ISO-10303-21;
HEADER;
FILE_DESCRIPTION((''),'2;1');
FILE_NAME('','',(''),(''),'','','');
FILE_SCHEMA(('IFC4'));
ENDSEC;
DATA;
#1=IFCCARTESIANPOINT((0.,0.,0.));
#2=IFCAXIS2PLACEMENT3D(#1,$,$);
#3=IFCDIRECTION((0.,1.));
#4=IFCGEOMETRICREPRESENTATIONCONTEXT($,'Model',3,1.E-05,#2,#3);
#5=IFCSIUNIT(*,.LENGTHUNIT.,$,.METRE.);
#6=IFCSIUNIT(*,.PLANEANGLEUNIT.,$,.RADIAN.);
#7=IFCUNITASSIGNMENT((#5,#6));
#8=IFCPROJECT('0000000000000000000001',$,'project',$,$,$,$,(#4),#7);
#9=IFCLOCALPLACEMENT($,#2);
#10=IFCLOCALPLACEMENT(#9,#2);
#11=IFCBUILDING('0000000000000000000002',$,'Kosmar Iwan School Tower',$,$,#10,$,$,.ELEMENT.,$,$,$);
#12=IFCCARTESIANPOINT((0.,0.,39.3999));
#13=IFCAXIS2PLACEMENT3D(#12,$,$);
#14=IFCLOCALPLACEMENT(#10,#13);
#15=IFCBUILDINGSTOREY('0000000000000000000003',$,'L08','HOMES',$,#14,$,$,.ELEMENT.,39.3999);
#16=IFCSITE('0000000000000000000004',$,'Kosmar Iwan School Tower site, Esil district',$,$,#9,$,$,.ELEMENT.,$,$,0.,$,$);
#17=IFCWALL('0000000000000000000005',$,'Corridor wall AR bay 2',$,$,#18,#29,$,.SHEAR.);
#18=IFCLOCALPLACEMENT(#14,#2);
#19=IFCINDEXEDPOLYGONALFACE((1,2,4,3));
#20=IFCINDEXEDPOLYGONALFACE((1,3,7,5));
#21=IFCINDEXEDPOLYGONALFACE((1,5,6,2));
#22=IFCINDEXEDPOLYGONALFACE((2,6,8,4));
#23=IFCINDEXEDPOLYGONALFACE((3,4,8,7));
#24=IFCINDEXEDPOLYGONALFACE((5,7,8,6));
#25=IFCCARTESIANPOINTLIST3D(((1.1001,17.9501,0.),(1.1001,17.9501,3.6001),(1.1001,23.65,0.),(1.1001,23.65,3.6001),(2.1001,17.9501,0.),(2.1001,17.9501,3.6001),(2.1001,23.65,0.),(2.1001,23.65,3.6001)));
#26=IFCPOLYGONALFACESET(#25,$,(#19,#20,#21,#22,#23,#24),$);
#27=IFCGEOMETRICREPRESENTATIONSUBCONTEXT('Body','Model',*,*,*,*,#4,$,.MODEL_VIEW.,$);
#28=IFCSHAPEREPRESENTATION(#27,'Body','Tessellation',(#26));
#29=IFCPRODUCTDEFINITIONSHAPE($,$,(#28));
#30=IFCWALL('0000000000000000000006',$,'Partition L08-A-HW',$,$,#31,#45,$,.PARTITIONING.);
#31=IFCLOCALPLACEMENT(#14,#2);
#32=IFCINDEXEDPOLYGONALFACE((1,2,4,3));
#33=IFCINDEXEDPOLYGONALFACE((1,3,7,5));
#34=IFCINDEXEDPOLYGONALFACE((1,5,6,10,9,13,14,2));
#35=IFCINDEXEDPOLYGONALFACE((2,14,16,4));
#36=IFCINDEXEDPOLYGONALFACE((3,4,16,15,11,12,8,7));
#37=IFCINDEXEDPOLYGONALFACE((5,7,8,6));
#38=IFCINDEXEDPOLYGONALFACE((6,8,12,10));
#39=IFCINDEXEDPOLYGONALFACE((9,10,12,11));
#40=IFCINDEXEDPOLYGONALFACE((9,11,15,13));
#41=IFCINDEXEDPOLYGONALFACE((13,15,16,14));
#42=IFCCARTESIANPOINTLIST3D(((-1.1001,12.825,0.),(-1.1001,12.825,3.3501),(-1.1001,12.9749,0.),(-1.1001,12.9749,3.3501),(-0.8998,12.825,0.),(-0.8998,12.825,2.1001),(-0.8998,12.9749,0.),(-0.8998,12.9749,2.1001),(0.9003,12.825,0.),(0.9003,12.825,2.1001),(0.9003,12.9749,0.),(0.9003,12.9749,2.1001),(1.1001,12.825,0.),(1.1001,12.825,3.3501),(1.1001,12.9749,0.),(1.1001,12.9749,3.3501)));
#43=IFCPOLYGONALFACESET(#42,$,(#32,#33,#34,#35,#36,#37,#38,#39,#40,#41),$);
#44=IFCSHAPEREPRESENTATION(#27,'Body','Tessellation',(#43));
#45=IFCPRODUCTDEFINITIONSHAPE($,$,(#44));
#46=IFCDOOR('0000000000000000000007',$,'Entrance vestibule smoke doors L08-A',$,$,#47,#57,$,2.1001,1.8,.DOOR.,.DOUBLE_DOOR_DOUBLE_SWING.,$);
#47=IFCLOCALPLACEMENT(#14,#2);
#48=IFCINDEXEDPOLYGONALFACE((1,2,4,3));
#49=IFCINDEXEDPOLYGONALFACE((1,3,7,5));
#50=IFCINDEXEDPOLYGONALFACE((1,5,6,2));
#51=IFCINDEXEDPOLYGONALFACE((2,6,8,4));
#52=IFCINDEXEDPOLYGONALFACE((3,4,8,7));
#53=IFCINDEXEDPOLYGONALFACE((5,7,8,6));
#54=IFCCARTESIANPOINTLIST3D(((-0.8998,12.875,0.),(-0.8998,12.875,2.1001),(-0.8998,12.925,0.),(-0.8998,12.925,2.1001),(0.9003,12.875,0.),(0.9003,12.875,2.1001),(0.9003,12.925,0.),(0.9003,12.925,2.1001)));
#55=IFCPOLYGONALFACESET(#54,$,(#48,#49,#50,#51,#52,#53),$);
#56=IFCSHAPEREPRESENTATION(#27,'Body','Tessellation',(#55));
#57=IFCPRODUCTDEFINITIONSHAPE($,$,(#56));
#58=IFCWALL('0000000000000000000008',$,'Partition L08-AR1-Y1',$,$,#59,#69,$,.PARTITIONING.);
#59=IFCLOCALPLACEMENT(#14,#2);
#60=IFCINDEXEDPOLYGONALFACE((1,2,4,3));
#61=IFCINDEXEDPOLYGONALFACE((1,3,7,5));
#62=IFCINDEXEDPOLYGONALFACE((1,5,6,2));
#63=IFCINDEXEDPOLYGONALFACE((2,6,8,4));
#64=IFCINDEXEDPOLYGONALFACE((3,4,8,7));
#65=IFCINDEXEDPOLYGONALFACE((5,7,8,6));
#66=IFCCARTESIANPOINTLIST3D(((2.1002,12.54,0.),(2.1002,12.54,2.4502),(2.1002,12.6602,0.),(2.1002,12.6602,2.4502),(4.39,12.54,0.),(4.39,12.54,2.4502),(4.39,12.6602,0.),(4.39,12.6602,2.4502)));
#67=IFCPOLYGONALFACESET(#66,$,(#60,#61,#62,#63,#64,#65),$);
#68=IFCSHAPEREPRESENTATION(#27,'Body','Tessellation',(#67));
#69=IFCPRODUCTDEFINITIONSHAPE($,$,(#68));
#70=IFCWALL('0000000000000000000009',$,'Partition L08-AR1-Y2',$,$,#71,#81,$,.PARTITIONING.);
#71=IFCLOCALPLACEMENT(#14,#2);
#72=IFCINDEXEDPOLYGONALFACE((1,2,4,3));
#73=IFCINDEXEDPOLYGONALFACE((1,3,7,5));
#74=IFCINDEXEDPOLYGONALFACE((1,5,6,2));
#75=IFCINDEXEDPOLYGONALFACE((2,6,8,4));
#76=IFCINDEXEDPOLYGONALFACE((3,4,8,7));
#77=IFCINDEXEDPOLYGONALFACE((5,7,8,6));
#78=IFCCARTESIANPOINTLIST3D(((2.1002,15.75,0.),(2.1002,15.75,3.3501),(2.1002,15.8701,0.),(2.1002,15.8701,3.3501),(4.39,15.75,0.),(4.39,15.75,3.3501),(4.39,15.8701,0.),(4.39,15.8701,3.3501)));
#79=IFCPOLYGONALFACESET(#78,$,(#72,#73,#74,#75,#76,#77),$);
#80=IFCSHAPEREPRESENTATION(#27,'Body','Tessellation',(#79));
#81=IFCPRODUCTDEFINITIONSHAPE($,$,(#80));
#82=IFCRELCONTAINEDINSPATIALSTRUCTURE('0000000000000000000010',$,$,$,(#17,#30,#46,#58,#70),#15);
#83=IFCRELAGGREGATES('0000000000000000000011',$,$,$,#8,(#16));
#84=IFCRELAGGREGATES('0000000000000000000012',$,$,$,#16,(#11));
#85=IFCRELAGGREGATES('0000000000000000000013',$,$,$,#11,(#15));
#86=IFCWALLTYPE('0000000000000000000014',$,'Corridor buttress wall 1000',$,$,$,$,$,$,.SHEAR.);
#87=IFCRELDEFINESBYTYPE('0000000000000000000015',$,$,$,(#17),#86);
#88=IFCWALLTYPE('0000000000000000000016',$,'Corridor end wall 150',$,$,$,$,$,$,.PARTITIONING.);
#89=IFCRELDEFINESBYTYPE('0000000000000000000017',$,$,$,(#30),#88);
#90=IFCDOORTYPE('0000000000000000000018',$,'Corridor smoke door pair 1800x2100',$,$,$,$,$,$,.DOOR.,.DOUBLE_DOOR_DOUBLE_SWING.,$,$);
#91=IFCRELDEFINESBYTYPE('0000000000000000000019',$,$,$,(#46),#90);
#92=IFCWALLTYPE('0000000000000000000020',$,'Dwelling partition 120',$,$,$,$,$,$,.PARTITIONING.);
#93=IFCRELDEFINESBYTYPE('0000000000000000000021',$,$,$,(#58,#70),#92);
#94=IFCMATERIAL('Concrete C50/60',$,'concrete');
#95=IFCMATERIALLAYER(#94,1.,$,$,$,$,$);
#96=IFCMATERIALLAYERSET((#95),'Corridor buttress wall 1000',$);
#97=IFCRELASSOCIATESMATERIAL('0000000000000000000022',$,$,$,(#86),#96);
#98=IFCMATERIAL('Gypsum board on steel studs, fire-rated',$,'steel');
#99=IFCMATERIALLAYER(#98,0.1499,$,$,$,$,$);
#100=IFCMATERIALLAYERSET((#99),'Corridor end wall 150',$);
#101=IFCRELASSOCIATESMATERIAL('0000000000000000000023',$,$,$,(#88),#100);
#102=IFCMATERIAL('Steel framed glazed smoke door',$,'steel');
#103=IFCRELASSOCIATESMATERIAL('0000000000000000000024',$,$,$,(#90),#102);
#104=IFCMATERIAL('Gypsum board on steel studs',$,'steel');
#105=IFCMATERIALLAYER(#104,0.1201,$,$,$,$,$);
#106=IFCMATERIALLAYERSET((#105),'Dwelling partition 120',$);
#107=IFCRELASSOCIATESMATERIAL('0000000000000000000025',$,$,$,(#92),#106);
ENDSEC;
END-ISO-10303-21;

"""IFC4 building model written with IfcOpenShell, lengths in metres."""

from ifc_helpers import new_model, si_unit, direction, frame, frame_2d, origin, place, context, subcontext, project, spatial, rectangle, extrude, material, layer, layer_set, type_object, element, fill, save


model = new_model("IFC4")

# Units and contexts
model_context = context("Model", 3, precision=1e-05, world=origin(), true_north=direction((0.0, 1.0)))
body_context = subcontext(model_context, "Body", "Model", "MODEL_VIEW")
ifc_project = project(units=[si_unit("LENGTHUNIT", "METRE"), si_unit("PLANEANGLEUNIT", "RADIAN")], contexts=[model_context])

# Site, building, storey
site_placement = place(None, origin())
site = spatial("IfcSite", under=ifc_project, at=site_placement, Name="Kosmar Iwan School Tower site, Esil district", CompositionType="ELEMENT", RefElevation=0.0)
building_placement = place(site_placement, origin())
building = spatial("IfcBuilding", under=site, at=building_placement, Name="Kosmar Iwan School Tower", CompositionType="ELEMENT")
storey_placement = place(building_placement, frame((0.0, 0.0, 39.3999)))
storey = spatial("IfcBuildingStorey", under=building, at=storey_placement, Name="L08", Description="HOMES", CompositionType="ELEMENT", Elevation=39.3999)

# Wall
ifc_material_1 = material(Name="Concrete C50/60", Category="concrete")
ifc_layer_1 = layer(ifc_material_1, 1.0)
ifc_layer_set_1 = layer_set([ifc_layer_1], Name="Corridor buttress wall 1000")
wall_type_1 = type_object("IfcWallType", Name="Corridor buttress wall 1000", PredefinedType="SHEAR", material=ifc_layer_set_1)
wall_1_placement = place(storey_placement, frame((1.6001, 17.95, 0.0), z_axis=(0.0, 0.0, 1.0), x_axis=(0.0, 1.0, 0.0)))
element("IfcWall", 1, at=wall_1_placement, inside=storey, type_object=wall_type_1, Name="Corridor wall AR bay 2", PredefinedType="SHEAR", context=body_context, shape_type="SweptSolid", body=[
    extrude(rectangle(XDim=5.7, YDim=1.0, at=frame_2d((2.8501, 0.0))), origin(), (0.0, 0.0, 1.0), 3.6001),
])

# Wall, opening, door
ifc_material_2 = material(Name="Gypsum board on steel studs, fire-rated", Category="steel")
ifc_layer_2 = layer(ifc_material_2, 0.1499)
ifc_layer_set_2 = layer_set([ifc_layer_2], Name="Corridor end wall 150")
wall_type_2 = type_object("IfcWallType", Name="Corridor end wall 150", PredefinedType="PARTITIONING", material=ifc_layer_set_2)
wall_2_placement = place(storey_placement, frame((1.1001, 12.8999, 0.0), z_axis=(0.0, 0.0, 1.0), x_axis=(-1.0, 0.0, 0.0)))
wall_2 = element("IfcWall", 2, at=wall_2_placement, inside=storey, type_object=wall_type_2, Name="Partition L08-A-HW", PredefinedType="PARTITIONING", context=body_context, shape_type="SweptSolid", body=[
    extrude(rectangle(XDim=2.2002, YDim=0.1499, at=frame_2d((1.1001, 0.0))), origin(), (0.0, 0.0, 1.0), 3.3501),
])
opening_1_placement = place(wall_2_placement, frame((0.2, 0.0, 0.0)))
opening_1 = element("IfcOpeningElement", 3, at=opening_1_placement, cuts=wall_2, PredefinedType="OPENING", context=body_context, shape_type="SweptSolid", body=[
    extrude(rectangle(XDim=1.8, YDim=2.1001, at=frame_2d((0.8999, 1.05))), frame((0.0, 0.0869, 0.0), z_axis=(0.0, -1.0, 0.0), x_axis=(1.0, 0.0, 0.0)), (0.0, 0.0, 1.0), 0.1738),
])
ifc_material_3 = material(Name="Steel framed glazed smoke door", Category="steel")
door_type_1 = type_object("IfcDoorType", Name="Corridor smoke door pair 1800x2100", OperationType="DOUBLE_DOOR_DOUBLE_SWING", PredefinedType="DOOR", material=ifc_material_3)
door_1_placement = place(opening_1_placement, origin())
door_1 = element("IfcDoor", 4, at=door_1_placement, inside=storey, type_object=door_type_1, Name="Entrance vestibule smoke doors L08-A", OperationType="DOUBLE_DOOR_DOUBLE_SWING", OverallHeight=2.1001, OverallWidth=1.8, PredefinedType="DOOR", context=body_context, shape_type="SweptSolid", body=[
    extrude(rectangle(XDim=1.8, YDim=2.1001, at=frame_2d((0.8999, 1.05))), frame((0.0, 0.0249, 0.0), z_axis=(0.0, -1.0, 0.0), x_axis=(1.0, 0.0, 0.0)), (0.0, 0.0, 1.0), 0.05),
])
fill(opening_1, door_1)

# Walls
ifc_material_4 = material(Name="Gypsum board on steel studs", Category="steel")
ifc_layer_3 = layer(ifc_material_4, 0.1201)
ifc_layer_set_3 = layer_set([ifc_layer_3], Name="Dwelling partition 120")
wall_type_3 = type_object("IfcWallType", Name="Dwelling partition 120", PredefinedType="PARTITIONING", material=ifc_layer_set_3)
wall_3_placement = place(storey_placement, frame((2.1001, 12.6001, 0.0), z_axis=(0.0, 0.0, 1.0), x_axis=(1.0, 0.0, 0.0)))
element("IfcWall", 5, at=wall_3_placement, inside=storey, type_object=wall_type_3, Name="Partition L08-AR1-Y1", PredefinedType="PARTITIONING", context=body_context, shape_type="SweptSolid", body=[
    extrude(rectangle(XDim=2.2898, YDim=0.1201, at=frame_2d((1.145, 0.0))), origin(), (0.0, 0.0, 1.0), 2.4502),
])
wall_4_placement = place(storey_placement, frame((2.1001, 15.8101, 0.0), z_axis=(0.0, 0.0, 1.0), x_axis=(1.0, 0.0, 0.0)))
element("IfcWall", 6, at=wall_4_placement, inside=storey, type_object=wall_type_3, Name="Partition L08-AR1-Y2", PredefinedType="PARTITIONING", context=body_context, shape_type="SweptSolid", body=[
    extrude(rectangle(XDim=2.2898, YDim=0.1201, at=frame_2d((1.145, 0.0))), origin(), (0.0, 0.0, 1.0), 3.3501),
])

save(model, "model.ifc")
